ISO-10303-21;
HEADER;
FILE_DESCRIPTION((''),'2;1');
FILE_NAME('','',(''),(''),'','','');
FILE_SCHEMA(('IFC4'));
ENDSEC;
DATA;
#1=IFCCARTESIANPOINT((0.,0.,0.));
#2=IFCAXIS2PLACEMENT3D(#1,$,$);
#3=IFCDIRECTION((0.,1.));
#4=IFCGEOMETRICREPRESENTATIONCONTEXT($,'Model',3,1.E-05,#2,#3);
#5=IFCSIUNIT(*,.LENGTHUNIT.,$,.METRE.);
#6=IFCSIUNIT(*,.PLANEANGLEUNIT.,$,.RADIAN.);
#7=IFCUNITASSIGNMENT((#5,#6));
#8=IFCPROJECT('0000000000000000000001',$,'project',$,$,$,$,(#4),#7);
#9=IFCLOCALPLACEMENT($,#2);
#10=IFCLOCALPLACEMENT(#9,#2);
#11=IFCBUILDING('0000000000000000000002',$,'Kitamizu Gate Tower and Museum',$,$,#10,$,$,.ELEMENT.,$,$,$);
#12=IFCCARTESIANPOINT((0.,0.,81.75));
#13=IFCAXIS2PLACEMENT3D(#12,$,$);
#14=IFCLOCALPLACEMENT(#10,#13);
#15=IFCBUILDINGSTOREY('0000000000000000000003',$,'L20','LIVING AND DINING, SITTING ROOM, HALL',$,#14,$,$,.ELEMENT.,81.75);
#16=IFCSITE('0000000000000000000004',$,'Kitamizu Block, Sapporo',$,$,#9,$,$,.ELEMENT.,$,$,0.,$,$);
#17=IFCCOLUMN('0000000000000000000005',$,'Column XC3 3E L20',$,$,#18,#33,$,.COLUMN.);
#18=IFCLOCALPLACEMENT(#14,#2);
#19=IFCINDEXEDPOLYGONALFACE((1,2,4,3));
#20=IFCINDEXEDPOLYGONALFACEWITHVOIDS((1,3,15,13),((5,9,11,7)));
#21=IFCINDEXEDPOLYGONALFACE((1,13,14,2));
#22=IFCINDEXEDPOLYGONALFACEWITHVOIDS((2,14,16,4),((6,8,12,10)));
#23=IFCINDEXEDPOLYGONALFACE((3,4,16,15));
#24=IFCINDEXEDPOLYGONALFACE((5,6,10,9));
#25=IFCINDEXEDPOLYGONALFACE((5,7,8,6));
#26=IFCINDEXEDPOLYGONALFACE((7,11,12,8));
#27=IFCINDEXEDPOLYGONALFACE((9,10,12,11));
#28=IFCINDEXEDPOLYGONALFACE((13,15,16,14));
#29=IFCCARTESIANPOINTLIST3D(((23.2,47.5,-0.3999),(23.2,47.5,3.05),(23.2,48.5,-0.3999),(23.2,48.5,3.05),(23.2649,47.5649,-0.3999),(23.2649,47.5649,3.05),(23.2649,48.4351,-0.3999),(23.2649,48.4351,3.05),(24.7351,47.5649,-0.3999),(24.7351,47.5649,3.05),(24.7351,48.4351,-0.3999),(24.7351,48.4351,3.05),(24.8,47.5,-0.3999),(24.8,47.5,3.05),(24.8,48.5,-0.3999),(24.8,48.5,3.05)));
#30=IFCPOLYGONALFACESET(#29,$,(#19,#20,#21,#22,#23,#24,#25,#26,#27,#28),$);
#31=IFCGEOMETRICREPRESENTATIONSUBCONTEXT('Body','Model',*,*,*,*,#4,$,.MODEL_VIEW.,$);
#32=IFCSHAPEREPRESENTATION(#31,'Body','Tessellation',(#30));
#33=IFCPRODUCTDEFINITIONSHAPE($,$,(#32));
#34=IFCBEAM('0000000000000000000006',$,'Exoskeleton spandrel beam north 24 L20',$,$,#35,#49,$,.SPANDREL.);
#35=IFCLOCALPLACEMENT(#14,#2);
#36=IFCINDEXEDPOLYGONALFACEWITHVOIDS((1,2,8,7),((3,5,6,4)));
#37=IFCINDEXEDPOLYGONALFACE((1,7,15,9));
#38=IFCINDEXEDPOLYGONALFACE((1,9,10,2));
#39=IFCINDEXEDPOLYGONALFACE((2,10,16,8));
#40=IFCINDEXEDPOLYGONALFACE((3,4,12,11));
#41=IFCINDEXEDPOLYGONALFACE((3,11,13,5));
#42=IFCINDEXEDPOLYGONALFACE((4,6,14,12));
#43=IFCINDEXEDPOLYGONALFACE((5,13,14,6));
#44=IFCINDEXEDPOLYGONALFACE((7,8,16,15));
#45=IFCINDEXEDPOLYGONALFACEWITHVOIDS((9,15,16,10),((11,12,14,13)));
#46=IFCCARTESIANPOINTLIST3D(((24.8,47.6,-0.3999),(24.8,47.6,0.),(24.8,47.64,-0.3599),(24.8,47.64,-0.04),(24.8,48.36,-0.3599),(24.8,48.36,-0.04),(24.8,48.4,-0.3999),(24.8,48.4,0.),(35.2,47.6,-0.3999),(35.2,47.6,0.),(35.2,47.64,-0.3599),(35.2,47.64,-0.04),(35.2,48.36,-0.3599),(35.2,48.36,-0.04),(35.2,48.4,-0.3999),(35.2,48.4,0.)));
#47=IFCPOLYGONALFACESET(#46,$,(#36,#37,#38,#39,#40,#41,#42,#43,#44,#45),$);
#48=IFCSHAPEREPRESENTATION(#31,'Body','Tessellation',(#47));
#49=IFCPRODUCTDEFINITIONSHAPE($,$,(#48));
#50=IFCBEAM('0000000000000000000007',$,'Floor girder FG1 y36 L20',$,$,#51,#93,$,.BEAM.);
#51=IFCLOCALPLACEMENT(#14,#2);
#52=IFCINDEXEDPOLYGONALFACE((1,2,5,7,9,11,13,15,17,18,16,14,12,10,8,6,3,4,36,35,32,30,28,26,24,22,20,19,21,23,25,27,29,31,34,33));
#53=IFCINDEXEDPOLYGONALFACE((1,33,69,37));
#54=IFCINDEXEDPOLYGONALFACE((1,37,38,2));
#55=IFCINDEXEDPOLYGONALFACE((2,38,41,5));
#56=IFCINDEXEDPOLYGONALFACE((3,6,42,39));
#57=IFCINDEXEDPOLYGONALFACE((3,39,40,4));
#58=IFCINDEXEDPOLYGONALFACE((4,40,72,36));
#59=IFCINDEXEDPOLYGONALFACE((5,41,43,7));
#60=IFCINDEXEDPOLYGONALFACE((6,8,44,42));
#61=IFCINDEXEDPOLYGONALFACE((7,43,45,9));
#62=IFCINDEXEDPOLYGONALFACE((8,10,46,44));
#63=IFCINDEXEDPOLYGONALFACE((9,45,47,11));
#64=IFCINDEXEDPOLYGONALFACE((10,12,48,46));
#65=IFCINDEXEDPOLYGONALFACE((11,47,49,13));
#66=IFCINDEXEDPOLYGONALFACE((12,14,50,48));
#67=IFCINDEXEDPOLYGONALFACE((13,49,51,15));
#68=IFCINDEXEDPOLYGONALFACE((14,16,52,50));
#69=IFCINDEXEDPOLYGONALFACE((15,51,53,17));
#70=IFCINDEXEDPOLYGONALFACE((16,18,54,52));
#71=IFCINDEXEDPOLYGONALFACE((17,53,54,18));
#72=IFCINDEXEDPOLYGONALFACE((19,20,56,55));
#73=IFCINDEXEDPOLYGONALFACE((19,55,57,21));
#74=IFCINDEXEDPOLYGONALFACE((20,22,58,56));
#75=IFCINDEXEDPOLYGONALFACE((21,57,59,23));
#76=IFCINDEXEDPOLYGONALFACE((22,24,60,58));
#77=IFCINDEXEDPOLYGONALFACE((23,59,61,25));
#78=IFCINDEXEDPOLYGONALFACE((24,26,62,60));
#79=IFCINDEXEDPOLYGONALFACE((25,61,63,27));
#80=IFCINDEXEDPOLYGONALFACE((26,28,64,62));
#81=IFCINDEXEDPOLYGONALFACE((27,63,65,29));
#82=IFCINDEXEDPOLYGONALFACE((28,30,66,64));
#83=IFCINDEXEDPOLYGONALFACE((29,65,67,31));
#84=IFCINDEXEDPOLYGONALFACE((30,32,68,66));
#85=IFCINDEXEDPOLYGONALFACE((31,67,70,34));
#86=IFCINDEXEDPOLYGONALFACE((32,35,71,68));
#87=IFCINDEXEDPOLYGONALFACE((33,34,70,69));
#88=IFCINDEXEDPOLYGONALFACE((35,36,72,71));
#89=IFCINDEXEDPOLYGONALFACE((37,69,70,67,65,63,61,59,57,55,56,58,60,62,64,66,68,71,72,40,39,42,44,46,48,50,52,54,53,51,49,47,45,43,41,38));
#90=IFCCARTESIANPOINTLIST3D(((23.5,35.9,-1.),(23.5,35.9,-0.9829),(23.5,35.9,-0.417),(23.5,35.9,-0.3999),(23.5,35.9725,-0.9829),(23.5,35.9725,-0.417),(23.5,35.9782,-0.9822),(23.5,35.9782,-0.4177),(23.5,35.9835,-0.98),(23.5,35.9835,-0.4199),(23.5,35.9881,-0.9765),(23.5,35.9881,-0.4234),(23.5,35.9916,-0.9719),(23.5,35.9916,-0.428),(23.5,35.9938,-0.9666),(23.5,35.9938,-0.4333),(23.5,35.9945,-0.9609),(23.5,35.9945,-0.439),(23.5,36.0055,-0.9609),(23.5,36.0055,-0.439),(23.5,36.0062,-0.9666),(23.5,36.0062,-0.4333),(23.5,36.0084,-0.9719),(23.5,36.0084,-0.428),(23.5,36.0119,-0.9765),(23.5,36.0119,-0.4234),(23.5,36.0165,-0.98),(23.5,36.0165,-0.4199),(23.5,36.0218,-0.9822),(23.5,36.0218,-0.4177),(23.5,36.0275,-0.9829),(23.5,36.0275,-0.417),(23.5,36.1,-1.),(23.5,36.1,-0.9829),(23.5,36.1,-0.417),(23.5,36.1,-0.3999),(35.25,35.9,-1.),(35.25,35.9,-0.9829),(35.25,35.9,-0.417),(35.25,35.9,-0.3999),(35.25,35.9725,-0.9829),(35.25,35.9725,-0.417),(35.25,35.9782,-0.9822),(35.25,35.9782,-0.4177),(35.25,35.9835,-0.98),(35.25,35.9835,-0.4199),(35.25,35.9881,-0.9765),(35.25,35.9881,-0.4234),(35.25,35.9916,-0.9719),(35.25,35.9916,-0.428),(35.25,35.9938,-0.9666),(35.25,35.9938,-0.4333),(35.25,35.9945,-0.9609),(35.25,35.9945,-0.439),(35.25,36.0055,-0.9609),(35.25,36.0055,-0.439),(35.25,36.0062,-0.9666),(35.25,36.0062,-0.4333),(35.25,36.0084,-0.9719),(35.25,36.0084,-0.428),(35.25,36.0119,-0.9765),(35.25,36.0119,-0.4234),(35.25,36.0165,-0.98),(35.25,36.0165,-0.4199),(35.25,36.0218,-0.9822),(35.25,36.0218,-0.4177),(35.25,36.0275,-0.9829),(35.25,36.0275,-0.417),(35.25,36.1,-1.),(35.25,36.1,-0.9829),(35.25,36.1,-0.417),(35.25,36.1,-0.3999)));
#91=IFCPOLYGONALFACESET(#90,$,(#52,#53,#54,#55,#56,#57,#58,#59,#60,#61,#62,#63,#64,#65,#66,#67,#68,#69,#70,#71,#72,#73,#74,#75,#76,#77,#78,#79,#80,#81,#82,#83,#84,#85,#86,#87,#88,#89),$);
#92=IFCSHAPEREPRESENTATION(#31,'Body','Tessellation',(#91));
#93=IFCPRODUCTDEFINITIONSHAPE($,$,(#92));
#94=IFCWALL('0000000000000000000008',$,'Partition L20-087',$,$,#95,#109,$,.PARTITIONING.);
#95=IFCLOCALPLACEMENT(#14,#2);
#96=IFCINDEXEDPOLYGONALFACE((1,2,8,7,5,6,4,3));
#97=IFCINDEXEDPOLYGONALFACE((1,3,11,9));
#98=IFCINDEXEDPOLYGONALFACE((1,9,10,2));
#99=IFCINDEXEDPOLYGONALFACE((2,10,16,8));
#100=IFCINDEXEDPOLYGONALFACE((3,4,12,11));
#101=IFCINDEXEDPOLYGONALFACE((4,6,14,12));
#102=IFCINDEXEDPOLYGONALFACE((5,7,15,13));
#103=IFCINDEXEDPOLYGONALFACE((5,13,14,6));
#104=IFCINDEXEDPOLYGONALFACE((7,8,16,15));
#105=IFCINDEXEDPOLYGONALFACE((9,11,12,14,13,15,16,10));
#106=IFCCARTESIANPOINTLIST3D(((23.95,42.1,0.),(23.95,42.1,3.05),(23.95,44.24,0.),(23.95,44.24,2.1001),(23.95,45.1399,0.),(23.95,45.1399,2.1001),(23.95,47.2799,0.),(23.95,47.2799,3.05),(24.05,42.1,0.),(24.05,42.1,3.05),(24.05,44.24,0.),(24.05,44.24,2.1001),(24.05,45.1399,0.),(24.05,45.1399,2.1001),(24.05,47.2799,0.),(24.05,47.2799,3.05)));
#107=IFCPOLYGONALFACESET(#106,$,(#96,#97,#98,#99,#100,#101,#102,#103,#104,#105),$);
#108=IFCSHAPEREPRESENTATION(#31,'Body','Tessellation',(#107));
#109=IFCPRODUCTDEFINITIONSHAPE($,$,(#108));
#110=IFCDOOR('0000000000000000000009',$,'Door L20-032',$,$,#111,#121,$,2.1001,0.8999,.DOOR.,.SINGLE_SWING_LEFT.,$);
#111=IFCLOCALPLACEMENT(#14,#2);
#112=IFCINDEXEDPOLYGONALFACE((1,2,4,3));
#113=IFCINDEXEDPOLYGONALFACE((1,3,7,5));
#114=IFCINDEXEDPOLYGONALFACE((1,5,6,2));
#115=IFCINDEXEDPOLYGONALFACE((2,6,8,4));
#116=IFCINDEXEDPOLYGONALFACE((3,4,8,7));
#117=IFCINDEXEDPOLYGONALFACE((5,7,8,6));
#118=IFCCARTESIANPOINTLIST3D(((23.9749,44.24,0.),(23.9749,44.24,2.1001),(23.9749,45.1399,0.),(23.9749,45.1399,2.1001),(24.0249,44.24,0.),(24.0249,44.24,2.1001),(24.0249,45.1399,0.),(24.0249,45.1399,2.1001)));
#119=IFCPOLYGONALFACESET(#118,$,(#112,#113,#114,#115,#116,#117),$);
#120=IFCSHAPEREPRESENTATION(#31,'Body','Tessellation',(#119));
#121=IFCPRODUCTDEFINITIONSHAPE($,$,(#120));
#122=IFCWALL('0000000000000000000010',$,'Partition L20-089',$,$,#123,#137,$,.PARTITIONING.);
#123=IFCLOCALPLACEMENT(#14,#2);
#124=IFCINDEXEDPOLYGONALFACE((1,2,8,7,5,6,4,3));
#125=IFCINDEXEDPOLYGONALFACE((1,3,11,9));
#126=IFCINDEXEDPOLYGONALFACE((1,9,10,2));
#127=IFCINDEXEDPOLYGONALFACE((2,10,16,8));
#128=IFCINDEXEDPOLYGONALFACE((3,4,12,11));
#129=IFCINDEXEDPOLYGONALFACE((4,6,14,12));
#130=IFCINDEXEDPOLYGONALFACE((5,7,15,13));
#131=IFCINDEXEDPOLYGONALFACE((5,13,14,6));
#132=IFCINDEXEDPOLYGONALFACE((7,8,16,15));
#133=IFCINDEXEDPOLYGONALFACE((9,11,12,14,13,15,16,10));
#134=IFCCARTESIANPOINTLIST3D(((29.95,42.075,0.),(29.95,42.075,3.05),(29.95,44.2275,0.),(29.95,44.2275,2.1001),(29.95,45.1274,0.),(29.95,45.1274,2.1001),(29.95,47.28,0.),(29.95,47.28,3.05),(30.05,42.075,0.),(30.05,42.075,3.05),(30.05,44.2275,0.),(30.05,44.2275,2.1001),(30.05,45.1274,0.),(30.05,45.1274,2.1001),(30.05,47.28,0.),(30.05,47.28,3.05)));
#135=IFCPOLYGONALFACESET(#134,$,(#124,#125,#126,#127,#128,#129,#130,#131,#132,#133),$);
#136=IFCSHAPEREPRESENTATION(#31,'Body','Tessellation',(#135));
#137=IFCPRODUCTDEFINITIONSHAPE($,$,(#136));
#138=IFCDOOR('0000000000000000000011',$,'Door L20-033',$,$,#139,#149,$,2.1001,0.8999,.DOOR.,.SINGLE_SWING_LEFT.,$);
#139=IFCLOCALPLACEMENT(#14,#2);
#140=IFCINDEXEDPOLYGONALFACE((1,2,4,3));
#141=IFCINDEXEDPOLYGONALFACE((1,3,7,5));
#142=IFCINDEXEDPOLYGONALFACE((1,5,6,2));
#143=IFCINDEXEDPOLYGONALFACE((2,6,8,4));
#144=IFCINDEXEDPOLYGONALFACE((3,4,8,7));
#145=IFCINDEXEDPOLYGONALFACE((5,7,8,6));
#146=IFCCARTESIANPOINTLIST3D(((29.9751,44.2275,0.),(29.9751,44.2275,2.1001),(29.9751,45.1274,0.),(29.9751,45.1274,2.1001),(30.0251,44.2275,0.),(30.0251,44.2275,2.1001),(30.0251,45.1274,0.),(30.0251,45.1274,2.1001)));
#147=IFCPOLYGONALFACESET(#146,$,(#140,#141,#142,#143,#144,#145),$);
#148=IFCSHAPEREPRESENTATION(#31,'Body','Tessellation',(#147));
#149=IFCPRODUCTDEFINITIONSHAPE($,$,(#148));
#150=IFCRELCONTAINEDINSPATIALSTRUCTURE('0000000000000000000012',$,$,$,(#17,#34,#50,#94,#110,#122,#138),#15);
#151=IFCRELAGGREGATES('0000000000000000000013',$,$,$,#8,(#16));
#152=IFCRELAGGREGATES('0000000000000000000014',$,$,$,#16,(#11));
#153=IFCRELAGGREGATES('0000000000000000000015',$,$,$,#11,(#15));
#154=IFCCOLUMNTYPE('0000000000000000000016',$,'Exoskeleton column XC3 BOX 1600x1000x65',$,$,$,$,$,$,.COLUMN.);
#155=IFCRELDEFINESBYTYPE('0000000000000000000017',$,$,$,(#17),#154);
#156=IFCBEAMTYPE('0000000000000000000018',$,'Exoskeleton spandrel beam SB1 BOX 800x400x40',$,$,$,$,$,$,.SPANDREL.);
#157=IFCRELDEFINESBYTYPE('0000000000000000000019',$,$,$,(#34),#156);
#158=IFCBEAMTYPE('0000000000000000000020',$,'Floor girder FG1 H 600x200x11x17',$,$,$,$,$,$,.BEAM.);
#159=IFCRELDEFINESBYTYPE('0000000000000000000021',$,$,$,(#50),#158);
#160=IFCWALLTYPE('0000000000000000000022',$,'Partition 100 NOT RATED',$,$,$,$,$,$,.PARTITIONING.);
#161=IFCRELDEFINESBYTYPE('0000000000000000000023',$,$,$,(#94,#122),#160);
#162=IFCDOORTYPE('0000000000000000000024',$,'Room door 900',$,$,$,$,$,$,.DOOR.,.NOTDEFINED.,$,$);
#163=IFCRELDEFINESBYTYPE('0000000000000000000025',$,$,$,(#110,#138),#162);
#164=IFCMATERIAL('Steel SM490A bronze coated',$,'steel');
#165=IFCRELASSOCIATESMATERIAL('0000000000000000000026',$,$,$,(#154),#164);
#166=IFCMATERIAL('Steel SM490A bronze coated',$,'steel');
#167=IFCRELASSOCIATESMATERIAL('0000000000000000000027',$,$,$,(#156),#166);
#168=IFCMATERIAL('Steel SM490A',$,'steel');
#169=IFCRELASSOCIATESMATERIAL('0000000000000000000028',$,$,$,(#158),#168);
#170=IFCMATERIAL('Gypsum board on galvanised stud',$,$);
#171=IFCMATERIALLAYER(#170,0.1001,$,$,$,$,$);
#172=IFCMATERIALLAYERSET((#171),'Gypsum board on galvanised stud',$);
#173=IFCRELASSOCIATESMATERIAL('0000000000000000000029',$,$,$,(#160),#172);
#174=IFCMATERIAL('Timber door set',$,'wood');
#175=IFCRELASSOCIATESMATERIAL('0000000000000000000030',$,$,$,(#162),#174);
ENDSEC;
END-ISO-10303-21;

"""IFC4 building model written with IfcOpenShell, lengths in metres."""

from ifc_helpers import new_model, si_unit, direction, frame, frame_2d, origin, origin_2d, place, context, subcontext, project, spatial, rectangle, hollow_rectangle, i_section, extrude, material, layer, layer_set, material_profile, profile_set, type_object, element, fill, save


model = new_model("IFC4")

# Units and contexts
model_context = context("Model", 3, precision=1e-05, world=origin(), true_north=direction((0.0, 1.0)))
body_context = subcontext(model_context, "Body", "Model", "MODEL_VIEW")
ifc_project = project(units=[si_unit("LENGTHUNIT", "METRE"), si_unit("PLANEANGLEUNIT", "RADIAN")], contexts=[model_context])

# Site, building, storey
site_placement = place(None, origin())
site = spatial("IfcSite", under=ifc_project, at=site_placement, Name="Kitamizu Block, Sapporo", CompositionType="ELEMENT", RefElevation=0.0)
building_placement = place(site_placement, origin())
building = spatial("IfcBuilding", under=site, at=building_placement, Name="Kitamizu Gate Tower and Museum", CompositionType="ELEMENT")
storey_placement = place(building_placement, frame((0.0, 0.0, 81.75)))
storey = spatial("IfcBuildingStorey", under=building, at=storey_placement, Name="L20", Description="LIVING AND DINING, SITTING ROOM, HALL", CompositionType="ELEMENT", Elevation=81.75)

# Column
ifc_material_1 = material(Name="Steel SM490A bronze coated", Category="steel")
ifc_material_profile_1 = material_profile(ifc_material_1, hollow_rectangle(XDim=1.6001, YDim=1.0, WallThickness=0.0649, at=origin_2d()), Name="BOX 1600x1000x65")
ifc_profile_set_1 = profile_set([ifc_material_profile_1], Name="Steel SM490A bronze coated")
column_type = type_object("IfcColumnType", Name="Exoskeleton column XC3 BOX 1600x1000x65", PredefinedType="COLUMN", material=ifc_profile_set_1)
column_placement = place(storey_placement, frame((24.0, 48.0, -0.3999), z_axis=(0.0, 0.0, 1.0), x_axis=(1.0, 0.0, 0.0)))
element("IfcColumn", 1, at=column_placement, inside=storey, type_object=column_type, Name="Column XC3 3E L20", PredefinedType="COLUMN", context=body_context, shape_type="SweptSolid", body=[
    extrude(hollow_rectangle(XDim=1.6001, YDim=1.0, WallThickness=0.0649, at=origin_2d()), origin(), (0.0, 0.0, 1.0), 3.45),
])

# Beams
ifc_material_2 = material(Name="Steel SM490A bronze coated", Category="steel")
ifc_material_profile_2 = material_profile(ifc_material_2, hollow_rectangle(XDim=0.8, YDim=0.3999, WallThickness=0.04, at=origin_2d()), Name="BOX 800x400x40")
ifc_profile_set_2 = profile_set([ifc_material_profile_2], Name="Steel SM490A bronze coated")
beam_type_1 = type_object("IfcBeamType", Name="Exoskeleton spandrel beam SB1 BOX 800x400x40", PredefinedType="SPANDREL", material=ifc_profile_set_2)
beam_1_placement = place(storey_placement, frame((24.8, 48.0, -0.2), z_axis=(1.0, 0.0, 0.0), x_axis=(0.0, 1.0, 0.0)))
element("IfcBeam", 2, at=beam_1_placement, inside=storey, type_object=beam_type_1, Name="Exoskeleton spandrel beam north 24 L20", PredefinedType="SPANDREL", context=body_context, shape_type="SweptSolid", body=[
    extrude(hollow_rectangle(XDim=0.8, YDim=0.3999, WallThickness=0.04, at=origin_2d()), origin(), (0.0, 0.0, 1.0), 10.3999),
])
ifc_material_3 = material(Name="Steel SM490A", Category="steel")
ifc_material_profile_3 = material_profile(ifc_material_3, i_section(OverallWidth=0.2, OverallDepth=0.6001, WebThickness=0.011, FlangeThickness=0.0171, FilletRadius=0.022, at=origin_2d()), Name="H-600x200x11x17")
ifc_profile_set_3 = profile_set([ifc_material_profile_3], Name="Steel SM490A")
beam_type_2 = type_object("IfcBeamType", Name="Floor girder FG1 H 600x200x11x17", PredefinedType="BEAM", material=ifc_profile_set_3)
beam_2_placement = place(storey_placement, frame((23.5, 36.0, -0.7), z_axis=(1.0, 0.0, 0.0), x_axis=(0.0, 1.0, 0.0)))
element("IfcBeam", 3, at=beam_2_placement, inside=storey, type_object=beam_type_2, Name="Floor girder FG1 y36 L20", PredefinedType="BEAM", context=body_context, shape_type="SweptSolid", body=[
    extrude(i_section(OverallWidth=0.2, OverallDepth=0.6001, WebThickness=0.011, FlangeThickness=0.0171, FilletRadius=0.022, at=origin_2d()), origin(), (0.0, 0.0, 1.0), 11.75),
])

# Walls, openings, doors
ifc_material_4 = material(Name="Gypsum board on galvanised stud")
ifc_layer_1 = layer(ifc_material_4, 0.1001)
ifc_layer_set_1 = layer_set([ifc_layer_1], Name="Gypsum board on galvanised stud")
wall_type_1 = type_object("IfcWallType", Name="Partition 100 NOT RATED", PredefinedType="PARTITIONING", material=ifc_layer_set_1)
wall_1_placement = place(storey_placement, frame((24.0, 42.1001, 0.0), z_axis=(0.0, 0.0, 1.0), x_axis=(0.0, 1.0, 0.0)))
wall_1 = element("IfcWall", 4, at=wall_1_placement, inside=storey, type_object=wall_type_1, Name="Partition L20-087", PredefinedType="PARTITIONING", context=body_context, shape_type="SweptSolid", body=[
    extrude(rectangle(XDim=5.1799, YDim=0.1001, at=frame_2d((2.5898, 0.0))), origin(), (0.0, 0.0, 1.0), 3.05),
])
opening_1_placement = place(wall_1_placement, frame((2.1399, 0.0, 0.0)))
opening_1 = element("IfcOpeningElement", 5, at=opening_1_placement, cuts=wall_1, PredefinedType="OPENING", context=body_context, shape_type="SweptSolid", body=[
    extrude(rectangle(XDim=0.8999, YDim=2.1001, at=frame_2d((0.45, 1.05))), frame((0.0, 0.0601, 0.0), z_axis=(0.0, -1.0, 0.0), x_axis=(1.0, 0.0, 0.0)), (0.0, 0.0, 1.0), 0.1201),
])
ifc_material_5 = material(Name="Timber door set", Category="wood")
door_type_1 = type_object("IfcDoorType", Name="Room door 900", OperationType="NOTDEFINED", PredefinedType="DOOR", material=ifc_material_5)
door_1_placement = place(opening_1_placement, frame((0.8999, 0.0, 0.0), x_axis=(-1.0, 0.0, 0.0)))
door_1 = element("IfcDoor", 6, at=door_1_placement, inside=storey, type_object=door_type_1, Name="Door L20-032", OperationType="SINGLE_SWING_LEFT", OverallHeight=2.1001, OverallWidth=0.8999, PredefinedType="DOOR", context=body_context, shape_type="SweptSolid", body=[
    extrude(rectangle(XDim=0.8999, YDim=2.1001, at=frame_2d((0.45, 1.05))), frame((0.0, 0.0249, 0.0), z_axis=(0.0, -1.0, 0.0), x_axis=(1.0, 0.0, 0.0)), (0.0, 0.0, 1.0), 0.05),
])
fill(opening_1, door_1)
wall_2_placement = place(storey_placement, frame((30.0, 42.075, 0.0), z_axis=(0.0, 0.0, 1.0), x_axis=(0.0, 1.0, 0.0)))
wall_2 = element("IfcWall", 7, at=wall_2_placement, inside=storey, type_object=wall_type_1, Name="Partition L20-089", PredefinedType="PARTITIONING", context=body_context, shape_type="SweptSolid", body=[
    extrude(rectangle(XDim=5.2051, YDim=0.1001, at=frame_2d((2.6025, 0.0))), origin(), (0.0, 0.0, 1.0), 3.05),
])
opening_2_placement = place(wall_2_placement, frame((2.1526, 0.0, 0.0)))
opening_2 = element("IfcOpeningElement", 8, at=opening_2_placement, cuts=wall_2, PredefinedType="OPENING", context=body_context, shape_type="SweptSolid", body=[
    extrude(rectangle(XDim=0.8999, YDim=2.1001, at=frame_2d((0.45, 1.05))), frame((0.0, 0.0601, 0.0), z_axis=(0.0, -1.0, 0.0), x_axis=(1.0, 0.0, 0.0)), (0.0, 0.0, 1.0), 0.1201),
])
door_2_placement = place(opening_2_placement, origin())
door_2 = element("IfcDoor", 9, at=door_2_placement, inside=storey, type_object=door_type_1, Name="Door L20-033", OperationType="SINGLE_SWING_LEFT", OverallHeight=2.1001, OverallWidth=0.8999, PredefinedType="DOOR", context=body_context, shape_type="SweptSolid", body=[
    extrude(rectangle(XDim=0.8999, YDim=2.1001, at=frame_2d((0.45, 1.05))), frame((0.0, 0.0249, 0.0), z_axis=(0.0, -1.0, 0.0), x_axis=(1.0, 0.0, 0.0)), (0.0, 0.0, 1.0), 0.05),
])
fill(opening_2, door_2)

save(model, "model.ifc")
